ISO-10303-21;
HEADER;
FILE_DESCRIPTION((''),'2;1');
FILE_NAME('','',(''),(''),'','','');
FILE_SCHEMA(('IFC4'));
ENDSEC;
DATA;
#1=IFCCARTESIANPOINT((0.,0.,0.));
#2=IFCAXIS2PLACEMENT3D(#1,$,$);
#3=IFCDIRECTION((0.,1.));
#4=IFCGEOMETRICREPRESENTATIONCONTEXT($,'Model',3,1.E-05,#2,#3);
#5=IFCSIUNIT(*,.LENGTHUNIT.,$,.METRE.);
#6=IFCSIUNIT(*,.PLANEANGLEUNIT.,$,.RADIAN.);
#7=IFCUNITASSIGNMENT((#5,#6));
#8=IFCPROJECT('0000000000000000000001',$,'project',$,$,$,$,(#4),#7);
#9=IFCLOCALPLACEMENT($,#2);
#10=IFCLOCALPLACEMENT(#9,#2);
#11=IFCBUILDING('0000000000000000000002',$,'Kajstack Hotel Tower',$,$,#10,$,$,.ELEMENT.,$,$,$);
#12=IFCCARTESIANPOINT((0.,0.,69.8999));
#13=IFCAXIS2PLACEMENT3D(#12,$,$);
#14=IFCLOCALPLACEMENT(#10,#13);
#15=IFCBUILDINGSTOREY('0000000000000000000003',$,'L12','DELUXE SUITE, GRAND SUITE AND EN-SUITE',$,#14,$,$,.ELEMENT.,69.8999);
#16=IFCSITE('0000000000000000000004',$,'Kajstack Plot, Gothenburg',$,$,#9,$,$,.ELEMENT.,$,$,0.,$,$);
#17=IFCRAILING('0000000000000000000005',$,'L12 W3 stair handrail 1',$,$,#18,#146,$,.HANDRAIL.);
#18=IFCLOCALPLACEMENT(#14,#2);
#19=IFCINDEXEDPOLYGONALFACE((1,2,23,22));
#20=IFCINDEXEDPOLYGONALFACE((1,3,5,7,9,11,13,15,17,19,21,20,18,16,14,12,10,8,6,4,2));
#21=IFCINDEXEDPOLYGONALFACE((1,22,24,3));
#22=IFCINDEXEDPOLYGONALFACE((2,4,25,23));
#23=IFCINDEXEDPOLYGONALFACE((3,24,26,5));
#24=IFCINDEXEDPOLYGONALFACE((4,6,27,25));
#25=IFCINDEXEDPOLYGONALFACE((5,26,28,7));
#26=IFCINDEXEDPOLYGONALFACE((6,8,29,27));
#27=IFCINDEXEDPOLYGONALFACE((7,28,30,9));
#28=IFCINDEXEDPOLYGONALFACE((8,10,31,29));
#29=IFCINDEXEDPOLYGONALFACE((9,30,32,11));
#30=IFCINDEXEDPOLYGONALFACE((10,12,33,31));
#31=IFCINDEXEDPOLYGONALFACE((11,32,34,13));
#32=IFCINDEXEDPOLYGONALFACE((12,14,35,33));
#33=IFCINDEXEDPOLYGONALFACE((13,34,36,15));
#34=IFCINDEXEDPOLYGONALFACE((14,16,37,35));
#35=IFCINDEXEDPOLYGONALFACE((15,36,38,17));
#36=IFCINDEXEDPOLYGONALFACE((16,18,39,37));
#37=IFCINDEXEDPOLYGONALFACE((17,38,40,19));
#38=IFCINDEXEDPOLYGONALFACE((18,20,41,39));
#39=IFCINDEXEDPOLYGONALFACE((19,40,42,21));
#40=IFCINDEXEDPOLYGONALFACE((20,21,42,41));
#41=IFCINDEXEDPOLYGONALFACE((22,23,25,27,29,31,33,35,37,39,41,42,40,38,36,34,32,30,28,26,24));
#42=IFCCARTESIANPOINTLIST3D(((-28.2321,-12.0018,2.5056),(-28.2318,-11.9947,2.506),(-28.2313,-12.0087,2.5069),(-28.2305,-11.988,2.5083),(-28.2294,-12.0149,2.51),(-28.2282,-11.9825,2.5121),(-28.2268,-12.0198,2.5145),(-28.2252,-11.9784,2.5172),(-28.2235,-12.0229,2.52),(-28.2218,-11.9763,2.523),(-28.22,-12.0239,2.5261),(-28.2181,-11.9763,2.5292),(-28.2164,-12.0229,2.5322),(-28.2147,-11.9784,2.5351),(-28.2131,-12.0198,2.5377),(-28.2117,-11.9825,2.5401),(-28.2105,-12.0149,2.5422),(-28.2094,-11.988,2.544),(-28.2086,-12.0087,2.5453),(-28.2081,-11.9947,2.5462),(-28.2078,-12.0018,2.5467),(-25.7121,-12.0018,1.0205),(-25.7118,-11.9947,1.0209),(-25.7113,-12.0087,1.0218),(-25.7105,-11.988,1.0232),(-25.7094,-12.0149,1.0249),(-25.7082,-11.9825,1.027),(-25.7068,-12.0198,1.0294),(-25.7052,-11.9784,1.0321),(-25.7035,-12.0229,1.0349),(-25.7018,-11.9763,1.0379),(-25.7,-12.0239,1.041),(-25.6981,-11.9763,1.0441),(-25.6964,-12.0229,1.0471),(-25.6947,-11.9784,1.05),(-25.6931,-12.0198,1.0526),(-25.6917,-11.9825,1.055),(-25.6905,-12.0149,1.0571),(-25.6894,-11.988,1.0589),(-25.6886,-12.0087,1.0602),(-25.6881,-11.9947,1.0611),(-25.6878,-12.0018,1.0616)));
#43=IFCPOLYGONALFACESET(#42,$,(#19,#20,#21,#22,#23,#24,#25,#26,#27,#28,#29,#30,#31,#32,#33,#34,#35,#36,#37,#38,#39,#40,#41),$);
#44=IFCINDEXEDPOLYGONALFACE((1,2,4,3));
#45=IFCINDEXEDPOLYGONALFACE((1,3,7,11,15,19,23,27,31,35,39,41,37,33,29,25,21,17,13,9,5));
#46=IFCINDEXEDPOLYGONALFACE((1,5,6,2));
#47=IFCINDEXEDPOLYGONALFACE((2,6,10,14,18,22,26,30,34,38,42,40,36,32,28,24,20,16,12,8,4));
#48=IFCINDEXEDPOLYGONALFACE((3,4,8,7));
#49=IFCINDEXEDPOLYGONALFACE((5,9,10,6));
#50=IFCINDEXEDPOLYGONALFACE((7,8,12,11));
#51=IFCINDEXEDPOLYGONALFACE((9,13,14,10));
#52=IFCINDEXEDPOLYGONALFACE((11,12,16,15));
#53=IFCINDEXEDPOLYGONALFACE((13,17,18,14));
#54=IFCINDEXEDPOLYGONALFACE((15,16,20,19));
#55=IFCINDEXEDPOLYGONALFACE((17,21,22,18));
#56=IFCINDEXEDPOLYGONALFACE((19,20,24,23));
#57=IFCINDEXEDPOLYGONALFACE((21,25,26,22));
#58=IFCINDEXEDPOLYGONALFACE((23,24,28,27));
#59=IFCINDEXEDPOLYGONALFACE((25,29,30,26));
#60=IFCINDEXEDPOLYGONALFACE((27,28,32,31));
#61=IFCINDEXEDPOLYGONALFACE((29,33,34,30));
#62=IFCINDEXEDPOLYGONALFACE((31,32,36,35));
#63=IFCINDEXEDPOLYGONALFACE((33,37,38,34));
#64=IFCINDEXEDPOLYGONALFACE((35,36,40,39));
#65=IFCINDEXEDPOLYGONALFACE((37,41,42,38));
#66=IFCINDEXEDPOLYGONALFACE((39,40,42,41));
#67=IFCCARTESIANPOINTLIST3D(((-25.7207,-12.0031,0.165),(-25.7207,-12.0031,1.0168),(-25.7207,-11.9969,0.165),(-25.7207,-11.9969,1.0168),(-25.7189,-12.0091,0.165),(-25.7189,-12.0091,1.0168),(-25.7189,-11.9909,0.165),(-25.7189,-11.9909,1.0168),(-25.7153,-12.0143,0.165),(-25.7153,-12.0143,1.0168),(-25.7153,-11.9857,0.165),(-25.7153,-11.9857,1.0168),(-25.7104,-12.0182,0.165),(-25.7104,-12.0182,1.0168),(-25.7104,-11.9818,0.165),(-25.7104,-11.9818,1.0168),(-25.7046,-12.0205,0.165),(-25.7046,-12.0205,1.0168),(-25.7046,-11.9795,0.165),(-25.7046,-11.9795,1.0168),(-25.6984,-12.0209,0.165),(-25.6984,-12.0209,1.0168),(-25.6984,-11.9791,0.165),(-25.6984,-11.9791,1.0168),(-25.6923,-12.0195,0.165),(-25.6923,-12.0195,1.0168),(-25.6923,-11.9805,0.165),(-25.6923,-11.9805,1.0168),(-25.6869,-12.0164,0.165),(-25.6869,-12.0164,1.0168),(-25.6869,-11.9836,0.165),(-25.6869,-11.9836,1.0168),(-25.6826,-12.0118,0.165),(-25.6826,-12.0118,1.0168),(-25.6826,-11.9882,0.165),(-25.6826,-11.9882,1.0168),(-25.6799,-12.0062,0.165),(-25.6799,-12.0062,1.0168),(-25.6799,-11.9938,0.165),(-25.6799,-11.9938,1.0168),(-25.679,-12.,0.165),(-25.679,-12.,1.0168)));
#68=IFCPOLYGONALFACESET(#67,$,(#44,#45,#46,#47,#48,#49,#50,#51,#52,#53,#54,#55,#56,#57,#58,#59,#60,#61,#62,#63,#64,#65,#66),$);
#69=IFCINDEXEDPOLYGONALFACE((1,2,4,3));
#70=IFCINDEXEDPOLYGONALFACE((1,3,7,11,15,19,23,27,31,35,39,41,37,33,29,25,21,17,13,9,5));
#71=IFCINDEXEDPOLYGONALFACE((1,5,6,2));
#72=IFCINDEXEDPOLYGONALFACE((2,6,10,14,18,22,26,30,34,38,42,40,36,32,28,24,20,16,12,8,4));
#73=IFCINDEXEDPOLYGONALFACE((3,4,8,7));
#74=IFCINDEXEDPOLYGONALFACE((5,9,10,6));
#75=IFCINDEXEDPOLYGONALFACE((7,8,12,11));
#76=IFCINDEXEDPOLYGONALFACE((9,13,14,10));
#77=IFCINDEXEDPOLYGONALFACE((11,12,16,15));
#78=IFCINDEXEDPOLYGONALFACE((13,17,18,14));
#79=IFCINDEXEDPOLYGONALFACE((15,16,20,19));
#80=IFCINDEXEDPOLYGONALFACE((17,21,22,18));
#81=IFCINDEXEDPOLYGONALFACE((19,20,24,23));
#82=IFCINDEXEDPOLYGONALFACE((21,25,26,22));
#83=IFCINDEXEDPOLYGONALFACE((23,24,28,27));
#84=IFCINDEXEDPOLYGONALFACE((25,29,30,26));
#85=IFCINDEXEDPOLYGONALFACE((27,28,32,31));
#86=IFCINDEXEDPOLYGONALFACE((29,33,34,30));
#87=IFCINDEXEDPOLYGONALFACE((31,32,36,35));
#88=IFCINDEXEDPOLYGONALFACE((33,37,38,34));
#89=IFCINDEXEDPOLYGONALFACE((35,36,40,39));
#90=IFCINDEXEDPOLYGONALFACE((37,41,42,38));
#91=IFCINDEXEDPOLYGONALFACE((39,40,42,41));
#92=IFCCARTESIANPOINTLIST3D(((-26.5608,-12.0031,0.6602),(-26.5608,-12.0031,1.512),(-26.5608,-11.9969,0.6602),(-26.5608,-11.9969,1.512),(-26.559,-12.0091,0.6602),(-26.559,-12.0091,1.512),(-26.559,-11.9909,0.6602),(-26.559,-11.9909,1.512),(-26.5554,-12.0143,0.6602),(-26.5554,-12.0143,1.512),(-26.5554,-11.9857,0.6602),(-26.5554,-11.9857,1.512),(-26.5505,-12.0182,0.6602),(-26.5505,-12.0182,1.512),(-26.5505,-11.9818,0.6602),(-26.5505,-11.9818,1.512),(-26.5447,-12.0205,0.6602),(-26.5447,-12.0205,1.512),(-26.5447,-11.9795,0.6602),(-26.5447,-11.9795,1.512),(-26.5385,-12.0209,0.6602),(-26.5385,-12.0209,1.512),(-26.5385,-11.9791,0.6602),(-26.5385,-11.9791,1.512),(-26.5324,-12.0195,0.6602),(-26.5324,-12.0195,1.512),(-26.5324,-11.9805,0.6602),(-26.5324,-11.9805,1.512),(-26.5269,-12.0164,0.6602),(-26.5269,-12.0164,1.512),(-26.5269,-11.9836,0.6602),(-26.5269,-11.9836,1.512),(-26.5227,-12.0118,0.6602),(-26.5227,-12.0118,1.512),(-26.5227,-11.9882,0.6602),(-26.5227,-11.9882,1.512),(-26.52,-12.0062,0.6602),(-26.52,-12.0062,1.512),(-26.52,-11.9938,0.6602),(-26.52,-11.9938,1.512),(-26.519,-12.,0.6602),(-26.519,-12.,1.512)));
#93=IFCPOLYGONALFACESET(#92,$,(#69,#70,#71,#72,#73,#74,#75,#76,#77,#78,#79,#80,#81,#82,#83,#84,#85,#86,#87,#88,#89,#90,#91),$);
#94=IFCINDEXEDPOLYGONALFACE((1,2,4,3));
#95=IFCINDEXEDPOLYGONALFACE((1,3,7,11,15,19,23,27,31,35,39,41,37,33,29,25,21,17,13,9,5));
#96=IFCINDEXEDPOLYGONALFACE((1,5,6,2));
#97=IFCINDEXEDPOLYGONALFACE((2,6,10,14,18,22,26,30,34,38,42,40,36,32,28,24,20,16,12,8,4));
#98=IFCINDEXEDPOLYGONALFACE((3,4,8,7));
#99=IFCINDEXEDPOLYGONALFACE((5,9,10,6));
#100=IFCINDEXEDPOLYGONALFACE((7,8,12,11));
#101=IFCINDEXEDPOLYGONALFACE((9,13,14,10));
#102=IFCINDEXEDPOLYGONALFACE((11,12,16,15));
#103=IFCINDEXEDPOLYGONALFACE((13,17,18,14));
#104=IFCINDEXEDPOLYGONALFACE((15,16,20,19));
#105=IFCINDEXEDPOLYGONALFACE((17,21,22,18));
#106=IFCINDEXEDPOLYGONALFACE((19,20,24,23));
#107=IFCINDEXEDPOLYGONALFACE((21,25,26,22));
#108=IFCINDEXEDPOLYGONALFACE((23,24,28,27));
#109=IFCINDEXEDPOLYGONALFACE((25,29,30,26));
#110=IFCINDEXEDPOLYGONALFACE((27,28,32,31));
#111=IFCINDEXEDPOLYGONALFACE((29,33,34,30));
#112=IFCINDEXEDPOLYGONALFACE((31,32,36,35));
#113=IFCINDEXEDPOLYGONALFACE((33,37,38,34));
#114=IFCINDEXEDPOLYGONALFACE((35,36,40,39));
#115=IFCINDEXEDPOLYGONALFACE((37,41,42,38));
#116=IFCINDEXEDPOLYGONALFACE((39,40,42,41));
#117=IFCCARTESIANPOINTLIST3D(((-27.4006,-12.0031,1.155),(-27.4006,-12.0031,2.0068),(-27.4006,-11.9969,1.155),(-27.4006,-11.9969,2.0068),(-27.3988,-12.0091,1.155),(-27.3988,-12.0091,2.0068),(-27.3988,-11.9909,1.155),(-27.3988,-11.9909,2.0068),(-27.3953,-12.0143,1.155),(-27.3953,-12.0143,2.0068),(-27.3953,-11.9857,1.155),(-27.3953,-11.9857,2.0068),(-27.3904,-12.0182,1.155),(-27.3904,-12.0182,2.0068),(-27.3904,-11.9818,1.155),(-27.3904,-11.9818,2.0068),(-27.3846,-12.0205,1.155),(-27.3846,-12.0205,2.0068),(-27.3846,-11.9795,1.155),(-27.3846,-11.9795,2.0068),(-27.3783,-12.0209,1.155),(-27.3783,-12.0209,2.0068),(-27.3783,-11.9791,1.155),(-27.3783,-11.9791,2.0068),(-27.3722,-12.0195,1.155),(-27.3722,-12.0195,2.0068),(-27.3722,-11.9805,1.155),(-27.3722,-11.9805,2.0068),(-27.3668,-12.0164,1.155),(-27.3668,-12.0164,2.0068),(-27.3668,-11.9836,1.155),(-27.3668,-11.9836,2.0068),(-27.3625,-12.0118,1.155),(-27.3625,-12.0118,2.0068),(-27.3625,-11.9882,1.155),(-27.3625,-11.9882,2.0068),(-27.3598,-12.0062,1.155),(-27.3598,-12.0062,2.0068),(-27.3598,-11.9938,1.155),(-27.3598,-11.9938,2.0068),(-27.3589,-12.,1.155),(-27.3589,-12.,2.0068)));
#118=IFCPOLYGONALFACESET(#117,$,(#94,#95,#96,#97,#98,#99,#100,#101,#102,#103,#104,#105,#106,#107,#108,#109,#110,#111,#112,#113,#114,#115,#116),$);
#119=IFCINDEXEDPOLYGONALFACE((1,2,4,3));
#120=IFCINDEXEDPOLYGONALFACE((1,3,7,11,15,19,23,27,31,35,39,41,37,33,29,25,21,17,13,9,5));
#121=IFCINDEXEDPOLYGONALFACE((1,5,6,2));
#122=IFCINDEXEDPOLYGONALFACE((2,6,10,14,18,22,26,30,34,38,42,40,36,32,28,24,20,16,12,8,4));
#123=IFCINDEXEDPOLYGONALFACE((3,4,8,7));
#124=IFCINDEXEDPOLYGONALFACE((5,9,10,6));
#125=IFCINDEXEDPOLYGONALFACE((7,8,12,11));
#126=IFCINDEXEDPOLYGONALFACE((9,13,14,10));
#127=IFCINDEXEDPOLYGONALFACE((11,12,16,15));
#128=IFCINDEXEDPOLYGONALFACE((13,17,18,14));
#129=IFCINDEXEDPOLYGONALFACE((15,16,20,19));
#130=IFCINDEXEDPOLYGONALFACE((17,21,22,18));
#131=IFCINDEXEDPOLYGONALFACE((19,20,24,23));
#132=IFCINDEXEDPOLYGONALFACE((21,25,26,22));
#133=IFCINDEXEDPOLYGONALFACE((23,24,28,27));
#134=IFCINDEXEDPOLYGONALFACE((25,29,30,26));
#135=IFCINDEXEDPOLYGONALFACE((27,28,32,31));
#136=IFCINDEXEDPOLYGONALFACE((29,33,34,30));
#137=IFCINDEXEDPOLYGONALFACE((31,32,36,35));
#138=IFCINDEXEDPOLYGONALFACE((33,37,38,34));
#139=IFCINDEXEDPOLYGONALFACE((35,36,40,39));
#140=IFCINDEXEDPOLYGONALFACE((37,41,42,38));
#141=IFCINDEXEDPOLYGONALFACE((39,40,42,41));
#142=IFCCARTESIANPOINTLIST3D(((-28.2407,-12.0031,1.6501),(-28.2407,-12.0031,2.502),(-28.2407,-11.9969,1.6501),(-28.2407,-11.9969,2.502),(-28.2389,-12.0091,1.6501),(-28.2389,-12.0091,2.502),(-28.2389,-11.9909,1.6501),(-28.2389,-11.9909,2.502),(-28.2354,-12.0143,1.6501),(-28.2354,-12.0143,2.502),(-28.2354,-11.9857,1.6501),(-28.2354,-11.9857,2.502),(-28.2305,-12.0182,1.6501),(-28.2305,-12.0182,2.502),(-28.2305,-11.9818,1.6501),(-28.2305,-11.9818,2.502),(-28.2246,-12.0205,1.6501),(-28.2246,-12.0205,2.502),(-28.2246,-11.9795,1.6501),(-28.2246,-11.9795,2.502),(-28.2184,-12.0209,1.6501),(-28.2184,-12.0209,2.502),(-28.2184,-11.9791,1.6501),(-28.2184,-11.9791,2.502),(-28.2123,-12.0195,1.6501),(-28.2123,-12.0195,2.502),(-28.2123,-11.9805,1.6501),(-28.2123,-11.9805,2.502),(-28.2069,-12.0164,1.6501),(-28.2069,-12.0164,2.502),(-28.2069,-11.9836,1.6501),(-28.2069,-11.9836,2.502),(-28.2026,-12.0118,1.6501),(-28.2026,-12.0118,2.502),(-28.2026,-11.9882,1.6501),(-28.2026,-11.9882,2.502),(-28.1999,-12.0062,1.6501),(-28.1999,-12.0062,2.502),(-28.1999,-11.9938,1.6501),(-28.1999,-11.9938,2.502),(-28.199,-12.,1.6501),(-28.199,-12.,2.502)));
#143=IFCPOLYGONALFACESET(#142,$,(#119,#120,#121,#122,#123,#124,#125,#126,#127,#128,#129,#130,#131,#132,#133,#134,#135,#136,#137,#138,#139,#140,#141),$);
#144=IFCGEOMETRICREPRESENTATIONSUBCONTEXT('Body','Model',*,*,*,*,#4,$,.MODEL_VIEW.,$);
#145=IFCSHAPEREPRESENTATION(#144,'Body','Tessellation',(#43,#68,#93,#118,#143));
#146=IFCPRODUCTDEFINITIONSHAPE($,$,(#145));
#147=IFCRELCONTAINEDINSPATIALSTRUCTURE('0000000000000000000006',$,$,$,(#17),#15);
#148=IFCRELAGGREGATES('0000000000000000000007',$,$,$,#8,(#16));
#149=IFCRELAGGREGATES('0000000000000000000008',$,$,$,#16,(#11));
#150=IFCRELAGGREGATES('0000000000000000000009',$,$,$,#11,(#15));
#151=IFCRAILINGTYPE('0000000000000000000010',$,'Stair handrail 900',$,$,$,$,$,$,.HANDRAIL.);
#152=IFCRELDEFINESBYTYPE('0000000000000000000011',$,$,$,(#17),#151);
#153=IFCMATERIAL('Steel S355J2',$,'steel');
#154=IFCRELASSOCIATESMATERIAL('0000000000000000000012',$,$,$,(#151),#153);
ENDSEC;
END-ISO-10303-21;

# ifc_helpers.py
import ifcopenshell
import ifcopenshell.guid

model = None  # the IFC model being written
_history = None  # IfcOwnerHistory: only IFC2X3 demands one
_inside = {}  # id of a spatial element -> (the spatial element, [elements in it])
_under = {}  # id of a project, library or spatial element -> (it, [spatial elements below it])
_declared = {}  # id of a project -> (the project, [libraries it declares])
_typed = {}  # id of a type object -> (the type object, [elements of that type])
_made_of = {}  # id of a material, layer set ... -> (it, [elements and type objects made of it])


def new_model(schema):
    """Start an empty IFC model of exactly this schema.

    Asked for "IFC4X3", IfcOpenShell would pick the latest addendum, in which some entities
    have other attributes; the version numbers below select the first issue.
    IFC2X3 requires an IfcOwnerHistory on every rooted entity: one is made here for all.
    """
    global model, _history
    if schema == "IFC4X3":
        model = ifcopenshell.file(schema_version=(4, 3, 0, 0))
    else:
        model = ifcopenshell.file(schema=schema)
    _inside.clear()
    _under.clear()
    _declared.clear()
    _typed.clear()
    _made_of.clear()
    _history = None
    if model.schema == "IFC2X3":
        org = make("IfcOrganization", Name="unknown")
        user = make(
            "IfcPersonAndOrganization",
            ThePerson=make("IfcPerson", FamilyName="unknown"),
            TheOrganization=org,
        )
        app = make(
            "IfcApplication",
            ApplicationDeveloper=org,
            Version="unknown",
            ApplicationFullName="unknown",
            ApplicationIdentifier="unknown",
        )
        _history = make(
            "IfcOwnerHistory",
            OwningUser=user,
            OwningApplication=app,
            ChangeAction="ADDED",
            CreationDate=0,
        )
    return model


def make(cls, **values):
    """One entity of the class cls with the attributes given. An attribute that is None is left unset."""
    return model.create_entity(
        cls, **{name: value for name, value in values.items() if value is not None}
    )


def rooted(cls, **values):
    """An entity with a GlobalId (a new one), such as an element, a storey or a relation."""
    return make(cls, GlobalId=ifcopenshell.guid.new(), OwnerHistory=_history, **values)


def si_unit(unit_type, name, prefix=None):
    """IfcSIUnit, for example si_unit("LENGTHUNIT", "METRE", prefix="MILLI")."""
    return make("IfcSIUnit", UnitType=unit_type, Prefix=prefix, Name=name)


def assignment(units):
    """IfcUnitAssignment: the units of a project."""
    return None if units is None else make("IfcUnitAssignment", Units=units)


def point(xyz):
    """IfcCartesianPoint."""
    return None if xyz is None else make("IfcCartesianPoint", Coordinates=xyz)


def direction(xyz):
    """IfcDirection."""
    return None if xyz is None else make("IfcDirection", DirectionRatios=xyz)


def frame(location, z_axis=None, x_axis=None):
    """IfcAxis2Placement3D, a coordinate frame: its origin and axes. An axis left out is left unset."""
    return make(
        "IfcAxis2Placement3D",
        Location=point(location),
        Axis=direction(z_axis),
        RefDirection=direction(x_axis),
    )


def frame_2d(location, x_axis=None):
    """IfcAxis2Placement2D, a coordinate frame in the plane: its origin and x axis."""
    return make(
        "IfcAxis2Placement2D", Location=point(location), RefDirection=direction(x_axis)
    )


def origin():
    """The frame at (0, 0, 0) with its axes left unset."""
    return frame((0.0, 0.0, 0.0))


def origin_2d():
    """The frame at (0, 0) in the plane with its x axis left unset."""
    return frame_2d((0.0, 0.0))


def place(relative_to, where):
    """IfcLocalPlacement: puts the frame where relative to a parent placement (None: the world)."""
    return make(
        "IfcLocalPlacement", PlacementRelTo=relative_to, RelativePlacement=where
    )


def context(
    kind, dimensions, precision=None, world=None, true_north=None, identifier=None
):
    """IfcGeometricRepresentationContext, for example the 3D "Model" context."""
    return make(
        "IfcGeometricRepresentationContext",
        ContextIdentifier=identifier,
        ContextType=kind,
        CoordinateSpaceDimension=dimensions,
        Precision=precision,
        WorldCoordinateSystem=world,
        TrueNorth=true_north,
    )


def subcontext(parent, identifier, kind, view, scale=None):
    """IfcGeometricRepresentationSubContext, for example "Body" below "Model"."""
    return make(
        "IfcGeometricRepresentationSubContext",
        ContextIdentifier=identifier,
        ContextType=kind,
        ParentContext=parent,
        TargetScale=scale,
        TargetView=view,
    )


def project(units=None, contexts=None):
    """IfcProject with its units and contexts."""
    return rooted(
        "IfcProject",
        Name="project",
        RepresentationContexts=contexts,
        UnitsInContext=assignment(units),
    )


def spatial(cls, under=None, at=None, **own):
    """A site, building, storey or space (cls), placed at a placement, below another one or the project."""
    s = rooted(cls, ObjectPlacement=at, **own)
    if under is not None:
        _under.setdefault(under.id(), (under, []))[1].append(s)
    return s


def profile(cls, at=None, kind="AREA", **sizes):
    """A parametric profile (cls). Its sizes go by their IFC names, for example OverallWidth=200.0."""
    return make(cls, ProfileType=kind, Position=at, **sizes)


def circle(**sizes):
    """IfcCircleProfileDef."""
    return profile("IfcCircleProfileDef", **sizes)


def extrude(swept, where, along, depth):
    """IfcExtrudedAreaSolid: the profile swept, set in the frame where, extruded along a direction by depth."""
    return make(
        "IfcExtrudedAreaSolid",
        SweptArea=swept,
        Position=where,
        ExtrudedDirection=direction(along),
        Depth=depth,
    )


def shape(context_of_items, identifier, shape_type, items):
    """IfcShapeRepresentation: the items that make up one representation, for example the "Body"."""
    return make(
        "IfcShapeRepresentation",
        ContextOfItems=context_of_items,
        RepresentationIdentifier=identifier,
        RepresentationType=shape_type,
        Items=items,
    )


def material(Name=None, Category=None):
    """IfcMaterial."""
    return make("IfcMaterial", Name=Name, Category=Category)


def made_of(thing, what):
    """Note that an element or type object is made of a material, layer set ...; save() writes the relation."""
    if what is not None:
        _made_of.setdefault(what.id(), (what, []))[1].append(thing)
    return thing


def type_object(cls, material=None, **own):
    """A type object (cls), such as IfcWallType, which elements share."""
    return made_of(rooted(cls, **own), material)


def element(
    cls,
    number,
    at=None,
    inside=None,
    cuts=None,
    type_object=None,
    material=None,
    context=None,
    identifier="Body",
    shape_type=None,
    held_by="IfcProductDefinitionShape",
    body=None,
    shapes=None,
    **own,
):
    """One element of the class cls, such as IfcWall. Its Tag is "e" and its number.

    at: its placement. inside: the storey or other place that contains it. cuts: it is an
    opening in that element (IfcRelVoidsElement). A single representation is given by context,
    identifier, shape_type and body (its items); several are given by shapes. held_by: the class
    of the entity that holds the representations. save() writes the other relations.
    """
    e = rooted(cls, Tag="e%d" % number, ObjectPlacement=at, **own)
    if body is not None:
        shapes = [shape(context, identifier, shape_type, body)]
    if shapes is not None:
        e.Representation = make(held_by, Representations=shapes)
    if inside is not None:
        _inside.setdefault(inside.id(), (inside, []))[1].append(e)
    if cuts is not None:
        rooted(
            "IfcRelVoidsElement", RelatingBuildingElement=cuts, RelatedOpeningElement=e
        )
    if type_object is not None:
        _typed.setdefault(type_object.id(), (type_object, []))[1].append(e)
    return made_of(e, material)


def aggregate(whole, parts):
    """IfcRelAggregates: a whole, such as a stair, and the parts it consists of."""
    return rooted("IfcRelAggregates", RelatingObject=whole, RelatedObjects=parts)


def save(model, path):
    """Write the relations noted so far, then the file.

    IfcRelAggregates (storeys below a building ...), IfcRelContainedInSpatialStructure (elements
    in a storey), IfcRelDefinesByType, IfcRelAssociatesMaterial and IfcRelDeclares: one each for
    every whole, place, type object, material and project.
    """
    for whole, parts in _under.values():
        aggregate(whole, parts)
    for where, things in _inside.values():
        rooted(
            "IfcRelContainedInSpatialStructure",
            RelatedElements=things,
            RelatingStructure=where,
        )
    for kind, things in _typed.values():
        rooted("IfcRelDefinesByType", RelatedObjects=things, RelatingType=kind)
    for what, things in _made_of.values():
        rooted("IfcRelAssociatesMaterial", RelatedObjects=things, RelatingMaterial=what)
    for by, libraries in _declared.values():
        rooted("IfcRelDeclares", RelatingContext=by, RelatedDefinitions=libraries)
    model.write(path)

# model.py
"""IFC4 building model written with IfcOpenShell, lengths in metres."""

from ifc_helpers import new_model, si_unit, direction, frame, origin, origin_2d, place, context, subcontext, project, spatial, circle, extrude, material, type_object, element, save


model = new_model("IFC4")

# Units and contexts
model_context = context("Model", 3, precision=1e-05, world=origin(), true_north=direction((0.0, 1.0)))
body_context = subcontext(model_context, "Body", "Model", "MODEL_VIEW")
ifc_project = project(units=[si_unit("LENGTHUNIT", "METRE"), si_unit("PLANEANGLEUNIT", "RADIAN")], contexts=[model_context])

# Site, building, storey
site_placement = place(None, origin())
site = spatial("IfcSite", under=ifc_project, at=site_placement, Name="Kajstack Plot, Gothenburg", CompositionType="ELEMENT", RefElevation=0.0)
building_placement = place(site_placement, origin())
building = spatial("IfcBuilding", under=site, at=building_placement, Name="Kajstack Hotel Tower", CompositionType="ELEMENT")
storey_placement = place(building_placement, frame((0.0, 0.0, 69.8999)))
storey = spatial("IfcBuildingStorey", under=building, at=storey_placement, Name="L12", Description="DELUXE SUITE, GRAND SUITE AND EN-SUITE", CompositionType="ELEMENT", Elevation=69.8999)

# Railing
ifc_material_1 = material(Name="Steel S355J2", Category="steel")
railing_type_1 = type_object("IfcRailingType", Name="Stair handrail 900", PredefinedType="HANDRAIL", material=ifc_material_1)
railing_1_placement = place(storey_placement, frame((-25.7, -12.0, 0.165)))
element("IfcRailing", 1, at=railing_1_placement, inside=storey, type_object=railing_type_1, Name="L12 W3 stair handrail 1", PredefinedType="HANDRAIL", context=body_context, shape_type="SweptSolid", body=[
    extrude(circle(Radius=0.0239, at=origin_2d()), frame((0.0, 0.0, 0.876), z_axis=(-0.861524, 0.0, 0.507717), x_axis=(0.0, -1.0, 0.0)), (0.0, 0.0, 1.0), 2.925),
    extrude(circle(Radius=0.021, at=origin_2d()), origin(), (0.0, 0.0, 1.0), 0.8518),
    extrude(circle(Radius=0.021, at=origin_2d()), frame((-0.8401, 0.0, 0.4951)), (0.0, 0.0, 1.0), 0.8518),
    extrude(circle(Radius=0.021, at=origin_2d()), frame((-1.6799, 0.0, 0.99)), (0.0, 0.0, 1.0), 0.8518),
    extrude(circle(Radius=0.021, at=origin_2d()), frame((-2.52, 0.0, 1.4851)), (0.0, 0.0, 1.0), 0.8518),
])

save(model, "model.ifc")
